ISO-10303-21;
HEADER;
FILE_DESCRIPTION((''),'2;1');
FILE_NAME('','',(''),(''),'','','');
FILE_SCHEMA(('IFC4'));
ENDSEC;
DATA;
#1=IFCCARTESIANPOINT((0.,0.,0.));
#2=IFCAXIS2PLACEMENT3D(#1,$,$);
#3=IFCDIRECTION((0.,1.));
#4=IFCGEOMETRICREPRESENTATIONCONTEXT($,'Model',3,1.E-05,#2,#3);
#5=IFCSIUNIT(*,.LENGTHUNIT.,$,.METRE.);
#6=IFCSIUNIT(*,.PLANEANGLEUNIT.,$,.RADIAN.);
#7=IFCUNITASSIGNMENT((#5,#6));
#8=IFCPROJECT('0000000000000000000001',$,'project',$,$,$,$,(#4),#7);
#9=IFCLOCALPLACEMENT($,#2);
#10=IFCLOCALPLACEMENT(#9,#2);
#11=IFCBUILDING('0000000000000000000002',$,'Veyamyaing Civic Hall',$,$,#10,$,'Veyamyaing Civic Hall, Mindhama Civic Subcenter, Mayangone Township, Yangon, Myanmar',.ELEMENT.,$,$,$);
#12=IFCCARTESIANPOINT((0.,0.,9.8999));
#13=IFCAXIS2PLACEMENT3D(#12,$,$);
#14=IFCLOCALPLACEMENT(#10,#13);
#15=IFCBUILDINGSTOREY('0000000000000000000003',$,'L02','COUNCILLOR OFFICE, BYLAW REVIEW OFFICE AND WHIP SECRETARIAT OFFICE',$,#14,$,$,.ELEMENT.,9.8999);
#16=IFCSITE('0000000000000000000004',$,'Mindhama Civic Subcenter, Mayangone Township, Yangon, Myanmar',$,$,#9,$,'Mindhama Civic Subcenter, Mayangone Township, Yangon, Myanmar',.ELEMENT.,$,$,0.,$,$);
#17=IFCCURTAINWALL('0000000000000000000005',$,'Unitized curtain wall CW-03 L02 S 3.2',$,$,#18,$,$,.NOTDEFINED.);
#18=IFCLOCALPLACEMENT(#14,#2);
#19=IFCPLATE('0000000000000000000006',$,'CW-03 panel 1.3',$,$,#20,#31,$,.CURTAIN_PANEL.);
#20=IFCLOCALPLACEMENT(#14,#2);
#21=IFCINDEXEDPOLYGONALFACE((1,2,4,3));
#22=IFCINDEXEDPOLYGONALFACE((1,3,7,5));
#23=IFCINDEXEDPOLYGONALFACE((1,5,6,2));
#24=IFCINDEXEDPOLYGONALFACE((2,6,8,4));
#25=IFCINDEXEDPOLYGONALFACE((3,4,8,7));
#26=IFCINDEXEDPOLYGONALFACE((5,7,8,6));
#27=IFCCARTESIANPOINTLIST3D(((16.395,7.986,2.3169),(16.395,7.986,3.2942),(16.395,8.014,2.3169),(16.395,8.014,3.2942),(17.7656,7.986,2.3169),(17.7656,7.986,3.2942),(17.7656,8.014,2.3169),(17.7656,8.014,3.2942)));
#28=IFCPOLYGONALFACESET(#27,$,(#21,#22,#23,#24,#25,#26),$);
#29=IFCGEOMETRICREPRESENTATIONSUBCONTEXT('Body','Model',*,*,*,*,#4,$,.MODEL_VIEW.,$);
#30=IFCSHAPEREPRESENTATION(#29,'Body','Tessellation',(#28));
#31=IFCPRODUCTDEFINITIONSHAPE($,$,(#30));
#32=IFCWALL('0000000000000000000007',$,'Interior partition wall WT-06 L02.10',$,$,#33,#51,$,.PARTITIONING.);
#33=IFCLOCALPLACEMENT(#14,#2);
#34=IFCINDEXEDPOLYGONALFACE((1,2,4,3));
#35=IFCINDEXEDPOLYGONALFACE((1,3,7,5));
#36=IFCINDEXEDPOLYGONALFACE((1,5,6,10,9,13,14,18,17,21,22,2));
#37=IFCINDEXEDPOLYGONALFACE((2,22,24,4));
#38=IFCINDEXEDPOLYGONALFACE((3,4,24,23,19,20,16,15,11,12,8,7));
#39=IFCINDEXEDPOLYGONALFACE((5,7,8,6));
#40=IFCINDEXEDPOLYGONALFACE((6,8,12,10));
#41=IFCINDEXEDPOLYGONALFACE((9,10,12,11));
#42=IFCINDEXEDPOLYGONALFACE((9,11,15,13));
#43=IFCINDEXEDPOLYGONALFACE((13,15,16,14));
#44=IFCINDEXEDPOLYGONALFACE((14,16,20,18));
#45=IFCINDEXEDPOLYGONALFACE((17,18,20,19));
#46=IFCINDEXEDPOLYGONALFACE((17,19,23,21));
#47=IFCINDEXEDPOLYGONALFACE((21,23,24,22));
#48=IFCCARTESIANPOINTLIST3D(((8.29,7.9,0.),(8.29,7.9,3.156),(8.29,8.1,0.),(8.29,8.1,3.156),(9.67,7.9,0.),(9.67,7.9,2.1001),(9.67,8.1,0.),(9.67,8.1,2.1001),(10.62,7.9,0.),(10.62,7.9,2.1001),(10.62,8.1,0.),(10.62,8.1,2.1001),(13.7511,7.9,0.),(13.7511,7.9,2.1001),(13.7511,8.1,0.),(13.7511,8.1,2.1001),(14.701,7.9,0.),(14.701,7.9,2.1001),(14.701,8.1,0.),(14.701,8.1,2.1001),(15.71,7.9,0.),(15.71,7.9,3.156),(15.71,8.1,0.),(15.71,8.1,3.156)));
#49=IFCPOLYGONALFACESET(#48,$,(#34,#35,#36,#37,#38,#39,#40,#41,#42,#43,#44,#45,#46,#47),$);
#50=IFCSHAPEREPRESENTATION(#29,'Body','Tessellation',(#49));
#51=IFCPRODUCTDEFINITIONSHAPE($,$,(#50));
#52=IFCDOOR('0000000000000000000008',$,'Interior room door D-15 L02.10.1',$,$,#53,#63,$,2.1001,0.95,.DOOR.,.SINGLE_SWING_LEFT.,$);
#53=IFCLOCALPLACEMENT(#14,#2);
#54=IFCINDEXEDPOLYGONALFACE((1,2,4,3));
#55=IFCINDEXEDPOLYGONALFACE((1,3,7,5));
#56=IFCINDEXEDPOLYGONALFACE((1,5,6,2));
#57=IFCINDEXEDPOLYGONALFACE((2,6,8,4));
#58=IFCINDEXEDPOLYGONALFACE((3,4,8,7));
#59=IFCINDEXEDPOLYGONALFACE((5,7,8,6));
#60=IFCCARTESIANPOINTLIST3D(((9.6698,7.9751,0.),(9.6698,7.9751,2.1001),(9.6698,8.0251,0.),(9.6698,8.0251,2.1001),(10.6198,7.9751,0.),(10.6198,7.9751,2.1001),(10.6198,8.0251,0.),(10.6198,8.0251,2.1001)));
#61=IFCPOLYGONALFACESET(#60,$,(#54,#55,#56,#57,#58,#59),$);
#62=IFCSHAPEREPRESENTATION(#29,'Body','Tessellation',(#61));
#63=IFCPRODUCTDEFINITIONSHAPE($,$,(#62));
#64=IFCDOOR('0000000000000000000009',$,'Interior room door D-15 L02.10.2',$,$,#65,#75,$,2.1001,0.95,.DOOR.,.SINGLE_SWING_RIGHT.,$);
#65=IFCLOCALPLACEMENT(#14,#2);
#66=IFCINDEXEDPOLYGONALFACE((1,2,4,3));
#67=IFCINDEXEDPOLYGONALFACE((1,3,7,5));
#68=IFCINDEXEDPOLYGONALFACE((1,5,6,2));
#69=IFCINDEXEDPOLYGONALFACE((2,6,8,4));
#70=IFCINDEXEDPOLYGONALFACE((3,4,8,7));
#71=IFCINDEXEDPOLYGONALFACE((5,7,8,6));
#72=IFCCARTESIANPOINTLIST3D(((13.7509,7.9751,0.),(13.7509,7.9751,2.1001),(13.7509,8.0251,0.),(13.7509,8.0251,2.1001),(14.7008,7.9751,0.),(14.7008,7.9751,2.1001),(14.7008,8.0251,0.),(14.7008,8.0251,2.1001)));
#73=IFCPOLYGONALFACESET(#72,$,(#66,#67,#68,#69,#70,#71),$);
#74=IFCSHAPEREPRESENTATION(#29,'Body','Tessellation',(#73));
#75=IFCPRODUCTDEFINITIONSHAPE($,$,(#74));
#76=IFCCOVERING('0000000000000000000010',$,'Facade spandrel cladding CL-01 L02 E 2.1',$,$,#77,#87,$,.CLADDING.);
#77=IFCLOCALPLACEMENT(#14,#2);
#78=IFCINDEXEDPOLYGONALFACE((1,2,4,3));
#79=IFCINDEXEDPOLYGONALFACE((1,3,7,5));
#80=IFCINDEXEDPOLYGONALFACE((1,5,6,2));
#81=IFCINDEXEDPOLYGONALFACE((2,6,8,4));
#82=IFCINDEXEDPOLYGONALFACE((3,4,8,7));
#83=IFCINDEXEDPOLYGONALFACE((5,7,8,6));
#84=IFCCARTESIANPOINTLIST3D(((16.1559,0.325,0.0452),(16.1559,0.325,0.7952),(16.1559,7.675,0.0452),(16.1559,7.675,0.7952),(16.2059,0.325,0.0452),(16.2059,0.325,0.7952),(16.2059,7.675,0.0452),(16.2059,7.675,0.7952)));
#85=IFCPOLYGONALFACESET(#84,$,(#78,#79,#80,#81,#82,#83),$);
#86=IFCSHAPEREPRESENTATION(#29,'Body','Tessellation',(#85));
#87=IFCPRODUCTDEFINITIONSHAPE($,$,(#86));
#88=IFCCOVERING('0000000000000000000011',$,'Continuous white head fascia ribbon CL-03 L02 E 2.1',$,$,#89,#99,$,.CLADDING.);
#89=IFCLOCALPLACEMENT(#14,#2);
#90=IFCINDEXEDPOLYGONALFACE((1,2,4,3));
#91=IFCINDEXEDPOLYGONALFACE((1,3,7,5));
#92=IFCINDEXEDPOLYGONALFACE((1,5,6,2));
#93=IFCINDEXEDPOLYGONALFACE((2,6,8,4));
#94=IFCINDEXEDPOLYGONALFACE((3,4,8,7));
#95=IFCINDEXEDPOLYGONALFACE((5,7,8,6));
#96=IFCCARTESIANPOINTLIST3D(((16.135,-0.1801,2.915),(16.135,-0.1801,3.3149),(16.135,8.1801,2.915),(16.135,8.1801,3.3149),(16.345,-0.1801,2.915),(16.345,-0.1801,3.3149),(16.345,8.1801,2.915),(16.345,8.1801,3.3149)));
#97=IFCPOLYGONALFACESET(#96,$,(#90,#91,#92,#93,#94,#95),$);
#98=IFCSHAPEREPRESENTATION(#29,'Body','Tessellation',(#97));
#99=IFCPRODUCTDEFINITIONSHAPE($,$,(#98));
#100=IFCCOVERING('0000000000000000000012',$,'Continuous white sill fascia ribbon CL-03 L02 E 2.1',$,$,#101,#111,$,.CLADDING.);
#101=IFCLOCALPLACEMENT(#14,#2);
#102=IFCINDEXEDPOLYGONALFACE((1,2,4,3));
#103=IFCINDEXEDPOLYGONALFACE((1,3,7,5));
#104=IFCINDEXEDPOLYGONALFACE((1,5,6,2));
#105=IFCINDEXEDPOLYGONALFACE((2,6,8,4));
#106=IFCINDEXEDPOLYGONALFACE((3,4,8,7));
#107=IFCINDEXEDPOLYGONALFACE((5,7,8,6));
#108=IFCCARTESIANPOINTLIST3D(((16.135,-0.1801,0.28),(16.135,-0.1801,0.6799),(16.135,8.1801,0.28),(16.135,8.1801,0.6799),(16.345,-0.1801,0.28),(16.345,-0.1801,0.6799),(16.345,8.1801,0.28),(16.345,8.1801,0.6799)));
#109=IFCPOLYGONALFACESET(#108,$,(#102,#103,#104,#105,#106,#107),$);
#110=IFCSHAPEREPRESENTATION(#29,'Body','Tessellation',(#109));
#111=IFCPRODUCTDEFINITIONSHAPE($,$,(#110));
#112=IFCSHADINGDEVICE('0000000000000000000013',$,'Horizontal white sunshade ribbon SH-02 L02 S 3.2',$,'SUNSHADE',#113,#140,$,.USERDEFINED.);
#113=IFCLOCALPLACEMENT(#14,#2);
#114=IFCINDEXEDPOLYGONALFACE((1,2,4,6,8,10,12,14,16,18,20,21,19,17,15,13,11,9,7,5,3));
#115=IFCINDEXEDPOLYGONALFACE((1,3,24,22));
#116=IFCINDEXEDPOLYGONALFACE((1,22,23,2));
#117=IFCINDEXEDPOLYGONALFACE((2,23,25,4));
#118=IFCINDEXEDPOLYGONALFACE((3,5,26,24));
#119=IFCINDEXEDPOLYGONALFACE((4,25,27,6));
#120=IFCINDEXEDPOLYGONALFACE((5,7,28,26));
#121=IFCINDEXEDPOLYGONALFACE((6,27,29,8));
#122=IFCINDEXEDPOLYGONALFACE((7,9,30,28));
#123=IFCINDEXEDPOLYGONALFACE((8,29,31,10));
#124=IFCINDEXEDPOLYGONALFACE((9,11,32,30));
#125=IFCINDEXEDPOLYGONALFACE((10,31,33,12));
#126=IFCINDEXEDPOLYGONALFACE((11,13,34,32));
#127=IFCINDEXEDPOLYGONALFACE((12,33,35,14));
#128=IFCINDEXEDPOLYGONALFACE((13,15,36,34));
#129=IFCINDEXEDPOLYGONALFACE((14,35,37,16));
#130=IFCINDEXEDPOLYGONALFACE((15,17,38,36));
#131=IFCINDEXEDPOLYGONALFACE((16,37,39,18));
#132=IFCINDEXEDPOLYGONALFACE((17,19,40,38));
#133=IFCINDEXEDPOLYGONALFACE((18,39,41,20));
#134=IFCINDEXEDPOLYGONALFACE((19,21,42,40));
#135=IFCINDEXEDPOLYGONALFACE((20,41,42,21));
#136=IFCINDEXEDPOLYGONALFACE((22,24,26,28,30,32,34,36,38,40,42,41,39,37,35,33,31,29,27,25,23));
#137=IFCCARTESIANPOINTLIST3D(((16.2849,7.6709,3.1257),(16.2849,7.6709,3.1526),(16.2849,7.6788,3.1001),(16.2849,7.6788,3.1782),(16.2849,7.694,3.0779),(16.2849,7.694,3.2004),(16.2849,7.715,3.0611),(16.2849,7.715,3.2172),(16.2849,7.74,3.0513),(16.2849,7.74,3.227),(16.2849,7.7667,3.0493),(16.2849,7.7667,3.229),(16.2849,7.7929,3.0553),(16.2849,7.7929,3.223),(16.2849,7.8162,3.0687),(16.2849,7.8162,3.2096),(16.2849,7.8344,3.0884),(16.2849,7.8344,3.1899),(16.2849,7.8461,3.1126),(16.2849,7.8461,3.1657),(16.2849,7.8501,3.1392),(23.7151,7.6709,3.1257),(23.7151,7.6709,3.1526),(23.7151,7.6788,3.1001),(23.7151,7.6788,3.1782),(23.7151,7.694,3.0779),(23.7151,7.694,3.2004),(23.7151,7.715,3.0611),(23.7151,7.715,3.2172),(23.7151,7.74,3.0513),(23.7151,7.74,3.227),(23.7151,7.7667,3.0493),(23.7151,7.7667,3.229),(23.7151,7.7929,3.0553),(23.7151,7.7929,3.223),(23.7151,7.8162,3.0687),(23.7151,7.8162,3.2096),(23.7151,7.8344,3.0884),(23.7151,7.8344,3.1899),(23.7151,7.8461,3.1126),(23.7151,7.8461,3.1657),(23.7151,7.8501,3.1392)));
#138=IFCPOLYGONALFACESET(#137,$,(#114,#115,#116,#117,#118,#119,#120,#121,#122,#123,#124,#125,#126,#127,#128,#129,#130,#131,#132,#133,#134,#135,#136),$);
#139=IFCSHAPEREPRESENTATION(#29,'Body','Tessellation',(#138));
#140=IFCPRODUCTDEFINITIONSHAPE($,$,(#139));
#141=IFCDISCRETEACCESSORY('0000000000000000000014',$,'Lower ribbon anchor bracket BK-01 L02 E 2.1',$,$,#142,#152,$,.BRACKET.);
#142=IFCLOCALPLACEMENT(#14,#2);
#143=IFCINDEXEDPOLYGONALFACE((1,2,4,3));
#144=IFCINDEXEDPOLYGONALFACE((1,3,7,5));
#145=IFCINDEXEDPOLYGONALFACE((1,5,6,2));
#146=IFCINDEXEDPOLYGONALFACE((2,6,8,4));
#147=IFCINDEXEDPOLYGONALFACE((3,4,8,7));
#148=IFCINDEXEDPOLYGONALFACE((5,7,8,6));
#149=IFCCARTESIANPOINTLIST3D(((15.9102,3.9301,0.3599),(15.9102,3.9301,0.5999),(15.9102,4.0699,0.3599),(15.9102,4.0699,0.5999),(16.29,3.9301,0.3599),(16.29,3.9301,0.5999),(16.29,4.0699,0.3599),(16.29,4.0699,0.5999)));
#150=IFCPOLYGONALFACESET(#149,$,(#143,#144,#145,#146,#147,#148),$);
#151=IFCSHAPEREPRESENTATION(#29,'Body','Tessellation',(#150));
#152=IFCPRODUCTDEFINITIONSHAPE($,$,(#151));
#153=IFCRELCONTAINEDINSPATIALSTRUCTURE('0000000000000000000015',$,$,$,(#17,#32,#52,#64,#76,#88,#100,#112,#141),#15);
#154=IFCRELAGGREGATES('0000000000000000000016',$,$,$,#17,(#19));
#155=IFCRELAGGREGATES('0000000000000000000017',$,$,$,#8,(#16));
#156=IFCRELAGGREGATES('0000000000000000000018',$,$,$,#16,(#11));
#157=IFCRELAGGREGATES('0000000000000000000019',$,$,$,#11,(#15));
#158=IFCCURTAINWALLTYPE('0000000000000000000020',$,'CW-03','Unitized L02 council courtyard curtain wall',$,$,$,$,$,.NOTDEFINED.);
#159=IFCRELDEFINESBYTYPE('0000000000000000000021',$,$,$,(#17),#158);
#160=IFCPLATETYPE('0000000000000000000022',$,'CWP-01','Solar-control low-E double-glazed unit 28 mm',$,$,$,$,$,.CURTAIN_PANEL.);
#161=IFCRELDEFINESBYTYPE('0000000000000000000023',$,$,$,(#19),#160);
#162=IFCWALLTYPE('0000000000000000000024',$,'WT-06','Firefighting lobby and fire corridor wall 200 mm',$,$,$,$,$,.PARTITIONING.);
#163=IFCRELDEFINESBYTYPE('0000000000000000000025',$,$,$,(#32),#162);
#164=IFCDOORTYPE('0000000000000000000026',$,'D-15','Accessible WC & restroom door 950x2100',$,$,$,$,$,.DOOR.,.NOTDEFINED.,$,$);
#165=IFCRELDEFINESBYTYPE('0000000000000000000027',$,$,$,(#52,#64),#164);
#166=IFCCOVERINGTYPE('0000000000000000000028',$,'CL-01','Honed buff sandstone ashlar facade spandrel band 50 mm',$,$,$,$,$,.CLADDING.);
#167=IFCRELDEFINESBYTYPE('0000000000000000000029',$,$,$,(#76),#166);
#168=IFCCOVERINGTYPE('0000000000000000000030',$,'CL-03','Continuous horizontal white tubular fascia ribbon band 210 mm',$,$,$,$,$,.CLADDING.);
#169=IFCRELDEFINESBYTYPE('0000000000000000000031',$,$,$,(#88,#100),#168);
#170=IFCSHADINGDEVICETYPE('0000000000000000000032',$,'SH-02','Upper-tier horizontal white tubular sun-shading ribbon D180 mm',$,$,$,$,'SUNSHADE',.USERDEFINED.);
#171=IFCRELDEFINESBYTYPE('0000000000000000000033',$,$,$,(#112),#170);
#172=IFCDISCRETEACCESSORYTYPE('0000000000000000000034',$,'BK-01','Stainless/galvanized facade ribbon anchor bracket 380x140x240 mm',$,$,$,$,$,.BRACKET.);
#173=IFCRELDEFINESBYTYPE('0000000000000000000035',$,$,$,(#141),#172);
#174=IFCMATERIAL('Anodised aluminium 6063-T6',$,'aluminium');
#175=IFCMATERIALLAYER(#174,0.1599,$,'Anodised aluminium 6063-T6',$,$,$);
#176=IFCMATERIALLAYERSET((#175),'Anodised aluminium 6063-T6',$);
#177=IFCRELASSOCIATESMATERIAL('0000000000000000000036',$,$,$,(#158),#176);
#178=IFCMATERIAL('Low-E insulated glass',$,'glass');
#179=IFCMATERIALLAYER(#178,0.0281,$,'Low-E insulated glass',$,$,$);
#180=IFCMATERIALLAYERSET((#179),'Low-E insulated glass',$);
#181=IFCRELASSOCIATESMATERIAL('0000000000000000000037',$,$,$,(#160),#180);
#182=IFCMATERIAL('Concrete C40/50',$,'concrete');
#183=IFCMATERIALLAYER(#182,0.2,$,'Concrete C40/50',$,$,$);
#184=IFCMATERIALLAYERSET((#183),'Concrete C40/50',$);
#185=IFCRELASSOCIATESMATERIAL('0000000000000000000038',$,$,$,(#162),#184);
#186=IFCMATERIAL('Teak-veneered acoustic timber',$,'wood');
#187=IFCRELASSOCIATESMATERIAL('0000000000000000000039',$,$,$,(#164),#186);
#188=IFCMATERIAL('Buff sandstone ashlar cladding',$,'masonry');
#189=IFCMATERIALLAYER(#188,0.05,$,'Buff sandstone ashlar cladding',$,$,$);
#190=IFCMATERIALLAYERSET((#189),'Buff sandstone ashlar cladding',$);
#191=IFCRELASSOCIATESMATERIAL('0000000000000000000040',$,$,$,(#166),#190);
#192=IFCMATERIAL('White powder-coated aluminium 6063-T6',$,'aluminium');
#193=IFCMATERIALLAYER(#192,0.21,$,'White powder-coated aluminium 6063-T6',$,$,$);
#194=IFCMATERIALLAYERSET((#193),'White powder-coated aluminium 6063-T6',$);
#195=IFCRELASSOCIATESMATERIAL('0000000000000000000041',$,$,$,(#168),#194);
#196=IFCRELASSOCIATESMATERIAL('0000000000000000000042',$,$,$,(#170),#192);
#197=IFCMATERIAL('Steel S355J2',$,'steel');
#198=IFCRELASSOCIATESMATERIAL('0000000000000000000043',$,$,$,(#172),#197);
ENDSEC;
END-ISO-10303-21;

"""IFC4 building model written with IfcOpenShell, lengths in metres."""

from ifc_helpers import new_model, si_unit, direction, frame, frame_2d, origin, origin_2d, place, context, subcontext, project, spatial, rectangle, circle, extrude, material, layer, layer_set, material_profile, profile_set, type_object, element, fill, aggregate, save


model = new_model("IFC4")

# Units and contexts
model_context = context("Model", 3, precision=1e-05, world=origin(), true_north=direction((0.0, 1.0)))
body_context = subcontext(model_context, "Body", "Model", "MODEL_VIEW")
ifc_project = project(units=[si_unit("LENGTHUNIT", "METRE"), si_unit("PLANEANGLEUNIT", "RADIAN")], contexts=[model_context])

# Site, building, storey
site_placement = place(None, origin())
site = spatial("IfcSite", under=ifc_project, at=site_placement, Name="Mindhama Civic Subcenter, Mayangone Township, Yangon, Myanmar", LongName="Mindhama Civic Subcenter, Mayangone Township, Yangon, Myanmar", CompositionType="ELEMENT", RefElevation=0.0)
building_placement = place(site_placement, origin())
building = spatial("IfcBuilding", under=site, at=building_placement, Name="Veyamyaing Civic Hall", LongName="Veyamyaing Civic Hall, Mindhama Civic Subcenter, Mayangone Township, Yangon, Myanmar", CompositionType="ELEMENT")
storey_placement = place(building_placement, frame((0.0, 0.0, 9.8999)))
storey = spatial("IfcBuildingStorey", under=building, at=storey_placement, Name="L02", Description="COUNCILLOR OFFICE, BYLAW REVIEW OFFICE AND WHIP SECRETARIAT OFFICE", CompositionType="ELEMENT", Elevation=9.8999)

# Curtain wall
ifc_material_1 = material(Name="Anodised aluminium 6063-T6", Category="aluminium")
ifc_layer_1 = layer(ifc_material_1, 0.1599, Name="Anodised aluminium 6063-T6")
ifc_layer_set_1 = layer_set([ifc_layer_1], Name="Anodised aluminium 6063-T6")
curtain_wall_type = type_object("IfcCurtainWallType", Name="CW-03", Description="Unitized L02 council courtyard curtain wall", PredefinedType="NOTDEFINED", material=ifc_layer_set_1)
curtain_wall_placement = place(storey_placement, origin())
curtain_wall = element("IfcCurtainWall", 1, at=curtain_wall_placement, inside=storey, type_object=curtain_wall_type, Name="Unitized curtain wall CW-03 L02 S 3.2", PredefinedType="NOTDEFINED")

# Plate
ifc_material_2 = material(Name="Low-E insulated glass", Category="glass")
ifc_layer_2 = layer(ifc_material_2, 0.0281, Name="Low-E insulated glass")
ifc_layer_set_2 = layer_set([ifc_layer_2], Name="Low-E insulated glass")
plate_type = type_object("IfcPlateType", Name="CWP-01", Description="Solar-control low-E double-glazed unit 28 mm", PredefinedType="CURTAIN_PANEL", material=ifc_layer_set_2)
plate_1_placement = place(storey_placement, frame((17.0803, 8.0, 2.3169), z_axis=(0.0, 0.0, 1.0), x_axis=(1.0, 0.0, 0.0)))
plate_1 = element("IfcPlate", 2, at=plate_1_placement, type_object=plate_type, Name="CW-03 panel 1.3", PredefinedType="CURTAIN_PANEL", context=body_context, shape_type="SweptSolid", body=[
    extrude(rectangle(XDim=1.3706, YDim=0.0281, at=origin_2d()), origin(), (0.0, 0.0, 1.0), 0.9773),
])
aggregate(curtain_wall, [plate_1])

# Wall, openings, doors
ifc_material_3 = material(Name="Concrete C40/50", Category="concrete")
ifc_layer_3 = layer(ifc_material_3, 0.2, Name="Concrete C40/50")
ifc_layer_set_3 = layer_set([ifc_layer_3], Name="Concrete C40/50")
wall_type = type_object("IfcWallType", Name="WT-06", Description="Firefighting lobby and fire corridor wall 200 mm", PredefinedType="PARTITIONING", material=ifc_layer_set_3)
wall_placement = place(storey_placement, frame((8.29, 8.0, 0.0), z_axis=(0.0, 0.0, 1.0), x_axis=(1.0, 0.0, 0.0)))
wall = element("IfcWall", 3, at=wall_placement, inside=storey, type_object=wall_type, Name="Interior partition wall WT-06 L02.10", PredefinedType="PARTITIONING", context=body_context, shape_type="SweptSolid", body=[
    extrude(rectangle(XDim=7.4199, YDim=0.2, at=frame_2d((3.71, 0.0))), origin(), (0.0, 0.0, 1.0), 3.156),
])
opening_1_placement = place(wall_placement, frame((1.3799, 0.0, 0.0)))
opening_1 = element("IfcOpeningElement", 4, at=opening_1_placement, cuts=wall, PredefinedType="OPENING", context=body_context, shape_type="SweptSolid", body=[
    extrude(rectangle(XDim=0.95, YDim=2.1001, at=frame_2d((0.4751, 1.05))), frame((0.0, 0.1099, 0.0), z_axis=(0.0, -1.0, 0.0), x_axis=(1.0, 0.0, 0.0)), (0.0, 0.0, 1.0), 0.22),
])
opening_2_placement = place(wall_placement, frame((5.4609, 0.0, 0.0)))
opening_2 = element("IfcOpeningElement", 5, at=opening_2_placement, cuts=wall, PredefinedType="OPENING", context=body_context, shape_type="SweptSolid", body=[
    extrude(rectangle(XDim=0.95, YDim=2.1001, at=frame_2d((0.4751, 1.05))), frame((0.0, 0.1099, 0.0), z_axis=(0.0, -1.0, 0.0), x_axis=(1.0, 0.0, 0.0)), (0.0, 0.0, 1.0), 0.22),
])
ifc_material_4 = material(Name="Teak-veneered acoustic timber", Category="wood")
door_type = type_object("IfcDoorType", Name="D-15", Description="Accessible WC & restroom door 950x2100", OperationType="NOTDEFINED", PredefinedType="DOOR", material=ifc_material_4)
door_1_placement = place(opening_1_placement, frame((0.95, 0.0, 0.0), z_axis=(0.0, 0.0, 1.0), x_axis=(-1.0, 0.0, 0.0)))
door_1 = element("IfcDoor", 6, at=door_1_placement, inside=storey, type_object=door_type, Name="Interior room door D-15 L02.10.1", OperationType="SINGLE_SWING_LEFT", OverallHeight=2.1001, OverallWidth=0.95, PredefinedType="DOOR", context=body_context, shape_type="SweptSolid", body=[
    extrude(rectangle(XDim=0.95, YDim=2.1001, at=frame_2d((0.4751, 1.05))), frame((0.0, 0.0249, 0.0), z_axis=(0.0, -1.0, 0.0), x_axis=(1.0, 0.0, 0.0)), (0.0, 0.0, 1.0), 0.05),
])
fill(opening_1, door_1)
door_2_placement = place(opening_2_placement, frame((0.95, 0.0, 0.0), z_axis=(0.0, 0.0, 1.0), x_axis=(-1.0, 0.0, 0.0)))
door_2 = element("IfcDoor", 7, at=door_2_placement, inside=storey, type_object=door_type, Name="Interior room door D-15 L02.10.2", OperationType="SINGLE_SWING_RIGHT", OverallHeight=2.1001, OverallWidth=0.95, PredefinedType="DOOR", context=body_context, shape_type="SweptSolid", body=[
    extrude(rectangle(XDim=0.95, YDim=2.1001, at=frame_2d((0.4751, 1.05))), frame((0.0, 0.0249, 0.0), z_axis=(0.0, -1.0, 0.0), x_axis=(1.0, 0.0, 0.0)), (0.0, 0.0, 1.0), 0.05),
])
fill(opening_2, door_2)

# Coverings
ifc_material_5 = material(Name="Buff sandstone ashlar cladding", Category="masonry")
ifc_layer_4 = layer(ifc_material_5, 0.05, Name="Buff sandstone ashlar cladding")
ifc_layer_set_4 = layer_set([ifc_layer_4], Name="Buff sandstone ashlar cladding")
covering_type_1 = type_object("IfcCoveringType", Name="CL-01", Description="Honed buff sandstone ashlar facade spandrel band 50 mm", PredefinedType="CLADDING", material=ifc_layer_set_4)
covering_placement = place(storey_placement, frame((16.1809, 4.0, 0.0452), z_axis=(0.0, 0.0, 1.0), x_axis=(0.0, 1.0, 0.0)))
element("IfcCovering", 8, at=covering_placement, inside=storey, type_object=covering_type_1, Name="Facade spandrel cladding CL-01 L02 E 2.1", PredefinedType="CLADDING", context=body_context, shape_type="SweptSolid", body=[
    extrude(rectangle(XDim=7.3501, YDim=0.05, at=origin_2d()), origin(), (0.0, 0.0, 1.0), 0.75),
])
ifc_material_6 = material(Name="White powder-coated aluminium 6063-T6", Category="aluminium")
ifc_layer_5 = layer(ifc_material_6, 0.21, Name="White powder-coated aluminium 6063-T6")
ifc_layer_set_5 = layer_set([ifc_layer_5], Name="White powder-coated aluminium 6063-T6")
covering_type_2 = type_object("IfcCoveringType", Name="CL-03", Description="Continuous horizontal white tubular fascia ribbon band 210 mm", PredefinedType="CLADDING", material=ifc_layer_set_5)
for number, where, z_axis, x_axis, name in (
    (9, (16.24, 4.0, 2.915), (0.0, 0.0, 1.0), (0.0, 1.0, 0.0), "Continuous white head fascia ribbon CL-03 L02 E 2.1"),
    (10, (16.24, 4.0, 0.28), (0.0, 0.0, 1.0), (0.0, 1.0, 0.0), "Continuous white sill fascia ribbon CL-03 L02 E 2.1"),
):
    element("IfcCovering", number, at=place(storey_placement, frame(where, z_axis=z_axis, x_axis=x_axis)), inside=storey, type_object=covering_type_2, Name=name, PredefinedType="CLADDING", context=body_context, shape_type="SweptSolid", body=[
        extrude(rectangle(XDim=8.3601, YDim=0.21, at=origin_2d()), origin(), (0.0, 0.0, 1.0), 0.3999),
    ])

# Shading device
ifc_material_profile_1 = material_profile(ifc_material_6, circle(Radius=0.0901, at=origin_2d()), Name="SHADE-TUBE-180")
ifc_profile_set_1 = profile_set([ifc_material_profile_1], Name="White powder-coated aluminium 6063-T6")
shading_device_type = type_object("IfcShadingDeviceType", Name="SH-02", Description="Upper-tier horizontal white tubular sun-shading ribbon D180 mm", ElementType="SUNSHADE", PredefinedType="USERDEFINED", material=ifc_profile_set_1)
shading_device_placement = place(storey_placement, frame((16.2849, 7.76, 3.1392), z_axis=(1.0, 0.0, 0.0), x_axis=(0.0, 1.0, 0.0)))
element("IfcShadingDevice", 11, at=shading_device_placement, inside=storey, type_object=shading_device_type, Name="Horizontal white sunshade ribbon SH-02 L02 S 3.2", ObjectType="SUNSHADE", PredefinedType="USERDEFINED", context=body_context, shape_type="SweptSolid", body=[
    extrude(circle(Radius=0.0901, at=origin_2d()), origin(), (0.0, 0.0, 1.0), 7.4302),
])

# Discrete accessory
ifc_material_7 = material(Name="Steel S355J2", Category="steel")
discrete_accessory_type = type_object("IfcDiscreteAccessoryType", Name="BK-01", Description="Stainless/galvanized facade ribbon anchor bracket 380x140x240 mm", PredefinedType="BRACKET", material=ifc_material_7)
discrete_accessory_placement = place(storey_placement, frame((16.1001, 4.0, 0.3599), z_axis=(0.0, 0.0, 1.0), x_axis=(1.0, 0.0, 0.0)))
element("IfcDiscreteAccessory", 12, at=discrete_accessory_placement, inside=storey, type_object=discrete_accessory_type, Name="Lower ribbon anchor bracket BK-01 L02 E 2.1", PredefinedType="BRACKET", context=body_context, shape_type="SweptSolid", body=[
    extrude(rectangle(XDim=0.3799, YDim=0.1399, at=origin_2d()), origin(), (0.0, 0.0, 1.0), 0.24),
])

save(model, "model.ifc")
